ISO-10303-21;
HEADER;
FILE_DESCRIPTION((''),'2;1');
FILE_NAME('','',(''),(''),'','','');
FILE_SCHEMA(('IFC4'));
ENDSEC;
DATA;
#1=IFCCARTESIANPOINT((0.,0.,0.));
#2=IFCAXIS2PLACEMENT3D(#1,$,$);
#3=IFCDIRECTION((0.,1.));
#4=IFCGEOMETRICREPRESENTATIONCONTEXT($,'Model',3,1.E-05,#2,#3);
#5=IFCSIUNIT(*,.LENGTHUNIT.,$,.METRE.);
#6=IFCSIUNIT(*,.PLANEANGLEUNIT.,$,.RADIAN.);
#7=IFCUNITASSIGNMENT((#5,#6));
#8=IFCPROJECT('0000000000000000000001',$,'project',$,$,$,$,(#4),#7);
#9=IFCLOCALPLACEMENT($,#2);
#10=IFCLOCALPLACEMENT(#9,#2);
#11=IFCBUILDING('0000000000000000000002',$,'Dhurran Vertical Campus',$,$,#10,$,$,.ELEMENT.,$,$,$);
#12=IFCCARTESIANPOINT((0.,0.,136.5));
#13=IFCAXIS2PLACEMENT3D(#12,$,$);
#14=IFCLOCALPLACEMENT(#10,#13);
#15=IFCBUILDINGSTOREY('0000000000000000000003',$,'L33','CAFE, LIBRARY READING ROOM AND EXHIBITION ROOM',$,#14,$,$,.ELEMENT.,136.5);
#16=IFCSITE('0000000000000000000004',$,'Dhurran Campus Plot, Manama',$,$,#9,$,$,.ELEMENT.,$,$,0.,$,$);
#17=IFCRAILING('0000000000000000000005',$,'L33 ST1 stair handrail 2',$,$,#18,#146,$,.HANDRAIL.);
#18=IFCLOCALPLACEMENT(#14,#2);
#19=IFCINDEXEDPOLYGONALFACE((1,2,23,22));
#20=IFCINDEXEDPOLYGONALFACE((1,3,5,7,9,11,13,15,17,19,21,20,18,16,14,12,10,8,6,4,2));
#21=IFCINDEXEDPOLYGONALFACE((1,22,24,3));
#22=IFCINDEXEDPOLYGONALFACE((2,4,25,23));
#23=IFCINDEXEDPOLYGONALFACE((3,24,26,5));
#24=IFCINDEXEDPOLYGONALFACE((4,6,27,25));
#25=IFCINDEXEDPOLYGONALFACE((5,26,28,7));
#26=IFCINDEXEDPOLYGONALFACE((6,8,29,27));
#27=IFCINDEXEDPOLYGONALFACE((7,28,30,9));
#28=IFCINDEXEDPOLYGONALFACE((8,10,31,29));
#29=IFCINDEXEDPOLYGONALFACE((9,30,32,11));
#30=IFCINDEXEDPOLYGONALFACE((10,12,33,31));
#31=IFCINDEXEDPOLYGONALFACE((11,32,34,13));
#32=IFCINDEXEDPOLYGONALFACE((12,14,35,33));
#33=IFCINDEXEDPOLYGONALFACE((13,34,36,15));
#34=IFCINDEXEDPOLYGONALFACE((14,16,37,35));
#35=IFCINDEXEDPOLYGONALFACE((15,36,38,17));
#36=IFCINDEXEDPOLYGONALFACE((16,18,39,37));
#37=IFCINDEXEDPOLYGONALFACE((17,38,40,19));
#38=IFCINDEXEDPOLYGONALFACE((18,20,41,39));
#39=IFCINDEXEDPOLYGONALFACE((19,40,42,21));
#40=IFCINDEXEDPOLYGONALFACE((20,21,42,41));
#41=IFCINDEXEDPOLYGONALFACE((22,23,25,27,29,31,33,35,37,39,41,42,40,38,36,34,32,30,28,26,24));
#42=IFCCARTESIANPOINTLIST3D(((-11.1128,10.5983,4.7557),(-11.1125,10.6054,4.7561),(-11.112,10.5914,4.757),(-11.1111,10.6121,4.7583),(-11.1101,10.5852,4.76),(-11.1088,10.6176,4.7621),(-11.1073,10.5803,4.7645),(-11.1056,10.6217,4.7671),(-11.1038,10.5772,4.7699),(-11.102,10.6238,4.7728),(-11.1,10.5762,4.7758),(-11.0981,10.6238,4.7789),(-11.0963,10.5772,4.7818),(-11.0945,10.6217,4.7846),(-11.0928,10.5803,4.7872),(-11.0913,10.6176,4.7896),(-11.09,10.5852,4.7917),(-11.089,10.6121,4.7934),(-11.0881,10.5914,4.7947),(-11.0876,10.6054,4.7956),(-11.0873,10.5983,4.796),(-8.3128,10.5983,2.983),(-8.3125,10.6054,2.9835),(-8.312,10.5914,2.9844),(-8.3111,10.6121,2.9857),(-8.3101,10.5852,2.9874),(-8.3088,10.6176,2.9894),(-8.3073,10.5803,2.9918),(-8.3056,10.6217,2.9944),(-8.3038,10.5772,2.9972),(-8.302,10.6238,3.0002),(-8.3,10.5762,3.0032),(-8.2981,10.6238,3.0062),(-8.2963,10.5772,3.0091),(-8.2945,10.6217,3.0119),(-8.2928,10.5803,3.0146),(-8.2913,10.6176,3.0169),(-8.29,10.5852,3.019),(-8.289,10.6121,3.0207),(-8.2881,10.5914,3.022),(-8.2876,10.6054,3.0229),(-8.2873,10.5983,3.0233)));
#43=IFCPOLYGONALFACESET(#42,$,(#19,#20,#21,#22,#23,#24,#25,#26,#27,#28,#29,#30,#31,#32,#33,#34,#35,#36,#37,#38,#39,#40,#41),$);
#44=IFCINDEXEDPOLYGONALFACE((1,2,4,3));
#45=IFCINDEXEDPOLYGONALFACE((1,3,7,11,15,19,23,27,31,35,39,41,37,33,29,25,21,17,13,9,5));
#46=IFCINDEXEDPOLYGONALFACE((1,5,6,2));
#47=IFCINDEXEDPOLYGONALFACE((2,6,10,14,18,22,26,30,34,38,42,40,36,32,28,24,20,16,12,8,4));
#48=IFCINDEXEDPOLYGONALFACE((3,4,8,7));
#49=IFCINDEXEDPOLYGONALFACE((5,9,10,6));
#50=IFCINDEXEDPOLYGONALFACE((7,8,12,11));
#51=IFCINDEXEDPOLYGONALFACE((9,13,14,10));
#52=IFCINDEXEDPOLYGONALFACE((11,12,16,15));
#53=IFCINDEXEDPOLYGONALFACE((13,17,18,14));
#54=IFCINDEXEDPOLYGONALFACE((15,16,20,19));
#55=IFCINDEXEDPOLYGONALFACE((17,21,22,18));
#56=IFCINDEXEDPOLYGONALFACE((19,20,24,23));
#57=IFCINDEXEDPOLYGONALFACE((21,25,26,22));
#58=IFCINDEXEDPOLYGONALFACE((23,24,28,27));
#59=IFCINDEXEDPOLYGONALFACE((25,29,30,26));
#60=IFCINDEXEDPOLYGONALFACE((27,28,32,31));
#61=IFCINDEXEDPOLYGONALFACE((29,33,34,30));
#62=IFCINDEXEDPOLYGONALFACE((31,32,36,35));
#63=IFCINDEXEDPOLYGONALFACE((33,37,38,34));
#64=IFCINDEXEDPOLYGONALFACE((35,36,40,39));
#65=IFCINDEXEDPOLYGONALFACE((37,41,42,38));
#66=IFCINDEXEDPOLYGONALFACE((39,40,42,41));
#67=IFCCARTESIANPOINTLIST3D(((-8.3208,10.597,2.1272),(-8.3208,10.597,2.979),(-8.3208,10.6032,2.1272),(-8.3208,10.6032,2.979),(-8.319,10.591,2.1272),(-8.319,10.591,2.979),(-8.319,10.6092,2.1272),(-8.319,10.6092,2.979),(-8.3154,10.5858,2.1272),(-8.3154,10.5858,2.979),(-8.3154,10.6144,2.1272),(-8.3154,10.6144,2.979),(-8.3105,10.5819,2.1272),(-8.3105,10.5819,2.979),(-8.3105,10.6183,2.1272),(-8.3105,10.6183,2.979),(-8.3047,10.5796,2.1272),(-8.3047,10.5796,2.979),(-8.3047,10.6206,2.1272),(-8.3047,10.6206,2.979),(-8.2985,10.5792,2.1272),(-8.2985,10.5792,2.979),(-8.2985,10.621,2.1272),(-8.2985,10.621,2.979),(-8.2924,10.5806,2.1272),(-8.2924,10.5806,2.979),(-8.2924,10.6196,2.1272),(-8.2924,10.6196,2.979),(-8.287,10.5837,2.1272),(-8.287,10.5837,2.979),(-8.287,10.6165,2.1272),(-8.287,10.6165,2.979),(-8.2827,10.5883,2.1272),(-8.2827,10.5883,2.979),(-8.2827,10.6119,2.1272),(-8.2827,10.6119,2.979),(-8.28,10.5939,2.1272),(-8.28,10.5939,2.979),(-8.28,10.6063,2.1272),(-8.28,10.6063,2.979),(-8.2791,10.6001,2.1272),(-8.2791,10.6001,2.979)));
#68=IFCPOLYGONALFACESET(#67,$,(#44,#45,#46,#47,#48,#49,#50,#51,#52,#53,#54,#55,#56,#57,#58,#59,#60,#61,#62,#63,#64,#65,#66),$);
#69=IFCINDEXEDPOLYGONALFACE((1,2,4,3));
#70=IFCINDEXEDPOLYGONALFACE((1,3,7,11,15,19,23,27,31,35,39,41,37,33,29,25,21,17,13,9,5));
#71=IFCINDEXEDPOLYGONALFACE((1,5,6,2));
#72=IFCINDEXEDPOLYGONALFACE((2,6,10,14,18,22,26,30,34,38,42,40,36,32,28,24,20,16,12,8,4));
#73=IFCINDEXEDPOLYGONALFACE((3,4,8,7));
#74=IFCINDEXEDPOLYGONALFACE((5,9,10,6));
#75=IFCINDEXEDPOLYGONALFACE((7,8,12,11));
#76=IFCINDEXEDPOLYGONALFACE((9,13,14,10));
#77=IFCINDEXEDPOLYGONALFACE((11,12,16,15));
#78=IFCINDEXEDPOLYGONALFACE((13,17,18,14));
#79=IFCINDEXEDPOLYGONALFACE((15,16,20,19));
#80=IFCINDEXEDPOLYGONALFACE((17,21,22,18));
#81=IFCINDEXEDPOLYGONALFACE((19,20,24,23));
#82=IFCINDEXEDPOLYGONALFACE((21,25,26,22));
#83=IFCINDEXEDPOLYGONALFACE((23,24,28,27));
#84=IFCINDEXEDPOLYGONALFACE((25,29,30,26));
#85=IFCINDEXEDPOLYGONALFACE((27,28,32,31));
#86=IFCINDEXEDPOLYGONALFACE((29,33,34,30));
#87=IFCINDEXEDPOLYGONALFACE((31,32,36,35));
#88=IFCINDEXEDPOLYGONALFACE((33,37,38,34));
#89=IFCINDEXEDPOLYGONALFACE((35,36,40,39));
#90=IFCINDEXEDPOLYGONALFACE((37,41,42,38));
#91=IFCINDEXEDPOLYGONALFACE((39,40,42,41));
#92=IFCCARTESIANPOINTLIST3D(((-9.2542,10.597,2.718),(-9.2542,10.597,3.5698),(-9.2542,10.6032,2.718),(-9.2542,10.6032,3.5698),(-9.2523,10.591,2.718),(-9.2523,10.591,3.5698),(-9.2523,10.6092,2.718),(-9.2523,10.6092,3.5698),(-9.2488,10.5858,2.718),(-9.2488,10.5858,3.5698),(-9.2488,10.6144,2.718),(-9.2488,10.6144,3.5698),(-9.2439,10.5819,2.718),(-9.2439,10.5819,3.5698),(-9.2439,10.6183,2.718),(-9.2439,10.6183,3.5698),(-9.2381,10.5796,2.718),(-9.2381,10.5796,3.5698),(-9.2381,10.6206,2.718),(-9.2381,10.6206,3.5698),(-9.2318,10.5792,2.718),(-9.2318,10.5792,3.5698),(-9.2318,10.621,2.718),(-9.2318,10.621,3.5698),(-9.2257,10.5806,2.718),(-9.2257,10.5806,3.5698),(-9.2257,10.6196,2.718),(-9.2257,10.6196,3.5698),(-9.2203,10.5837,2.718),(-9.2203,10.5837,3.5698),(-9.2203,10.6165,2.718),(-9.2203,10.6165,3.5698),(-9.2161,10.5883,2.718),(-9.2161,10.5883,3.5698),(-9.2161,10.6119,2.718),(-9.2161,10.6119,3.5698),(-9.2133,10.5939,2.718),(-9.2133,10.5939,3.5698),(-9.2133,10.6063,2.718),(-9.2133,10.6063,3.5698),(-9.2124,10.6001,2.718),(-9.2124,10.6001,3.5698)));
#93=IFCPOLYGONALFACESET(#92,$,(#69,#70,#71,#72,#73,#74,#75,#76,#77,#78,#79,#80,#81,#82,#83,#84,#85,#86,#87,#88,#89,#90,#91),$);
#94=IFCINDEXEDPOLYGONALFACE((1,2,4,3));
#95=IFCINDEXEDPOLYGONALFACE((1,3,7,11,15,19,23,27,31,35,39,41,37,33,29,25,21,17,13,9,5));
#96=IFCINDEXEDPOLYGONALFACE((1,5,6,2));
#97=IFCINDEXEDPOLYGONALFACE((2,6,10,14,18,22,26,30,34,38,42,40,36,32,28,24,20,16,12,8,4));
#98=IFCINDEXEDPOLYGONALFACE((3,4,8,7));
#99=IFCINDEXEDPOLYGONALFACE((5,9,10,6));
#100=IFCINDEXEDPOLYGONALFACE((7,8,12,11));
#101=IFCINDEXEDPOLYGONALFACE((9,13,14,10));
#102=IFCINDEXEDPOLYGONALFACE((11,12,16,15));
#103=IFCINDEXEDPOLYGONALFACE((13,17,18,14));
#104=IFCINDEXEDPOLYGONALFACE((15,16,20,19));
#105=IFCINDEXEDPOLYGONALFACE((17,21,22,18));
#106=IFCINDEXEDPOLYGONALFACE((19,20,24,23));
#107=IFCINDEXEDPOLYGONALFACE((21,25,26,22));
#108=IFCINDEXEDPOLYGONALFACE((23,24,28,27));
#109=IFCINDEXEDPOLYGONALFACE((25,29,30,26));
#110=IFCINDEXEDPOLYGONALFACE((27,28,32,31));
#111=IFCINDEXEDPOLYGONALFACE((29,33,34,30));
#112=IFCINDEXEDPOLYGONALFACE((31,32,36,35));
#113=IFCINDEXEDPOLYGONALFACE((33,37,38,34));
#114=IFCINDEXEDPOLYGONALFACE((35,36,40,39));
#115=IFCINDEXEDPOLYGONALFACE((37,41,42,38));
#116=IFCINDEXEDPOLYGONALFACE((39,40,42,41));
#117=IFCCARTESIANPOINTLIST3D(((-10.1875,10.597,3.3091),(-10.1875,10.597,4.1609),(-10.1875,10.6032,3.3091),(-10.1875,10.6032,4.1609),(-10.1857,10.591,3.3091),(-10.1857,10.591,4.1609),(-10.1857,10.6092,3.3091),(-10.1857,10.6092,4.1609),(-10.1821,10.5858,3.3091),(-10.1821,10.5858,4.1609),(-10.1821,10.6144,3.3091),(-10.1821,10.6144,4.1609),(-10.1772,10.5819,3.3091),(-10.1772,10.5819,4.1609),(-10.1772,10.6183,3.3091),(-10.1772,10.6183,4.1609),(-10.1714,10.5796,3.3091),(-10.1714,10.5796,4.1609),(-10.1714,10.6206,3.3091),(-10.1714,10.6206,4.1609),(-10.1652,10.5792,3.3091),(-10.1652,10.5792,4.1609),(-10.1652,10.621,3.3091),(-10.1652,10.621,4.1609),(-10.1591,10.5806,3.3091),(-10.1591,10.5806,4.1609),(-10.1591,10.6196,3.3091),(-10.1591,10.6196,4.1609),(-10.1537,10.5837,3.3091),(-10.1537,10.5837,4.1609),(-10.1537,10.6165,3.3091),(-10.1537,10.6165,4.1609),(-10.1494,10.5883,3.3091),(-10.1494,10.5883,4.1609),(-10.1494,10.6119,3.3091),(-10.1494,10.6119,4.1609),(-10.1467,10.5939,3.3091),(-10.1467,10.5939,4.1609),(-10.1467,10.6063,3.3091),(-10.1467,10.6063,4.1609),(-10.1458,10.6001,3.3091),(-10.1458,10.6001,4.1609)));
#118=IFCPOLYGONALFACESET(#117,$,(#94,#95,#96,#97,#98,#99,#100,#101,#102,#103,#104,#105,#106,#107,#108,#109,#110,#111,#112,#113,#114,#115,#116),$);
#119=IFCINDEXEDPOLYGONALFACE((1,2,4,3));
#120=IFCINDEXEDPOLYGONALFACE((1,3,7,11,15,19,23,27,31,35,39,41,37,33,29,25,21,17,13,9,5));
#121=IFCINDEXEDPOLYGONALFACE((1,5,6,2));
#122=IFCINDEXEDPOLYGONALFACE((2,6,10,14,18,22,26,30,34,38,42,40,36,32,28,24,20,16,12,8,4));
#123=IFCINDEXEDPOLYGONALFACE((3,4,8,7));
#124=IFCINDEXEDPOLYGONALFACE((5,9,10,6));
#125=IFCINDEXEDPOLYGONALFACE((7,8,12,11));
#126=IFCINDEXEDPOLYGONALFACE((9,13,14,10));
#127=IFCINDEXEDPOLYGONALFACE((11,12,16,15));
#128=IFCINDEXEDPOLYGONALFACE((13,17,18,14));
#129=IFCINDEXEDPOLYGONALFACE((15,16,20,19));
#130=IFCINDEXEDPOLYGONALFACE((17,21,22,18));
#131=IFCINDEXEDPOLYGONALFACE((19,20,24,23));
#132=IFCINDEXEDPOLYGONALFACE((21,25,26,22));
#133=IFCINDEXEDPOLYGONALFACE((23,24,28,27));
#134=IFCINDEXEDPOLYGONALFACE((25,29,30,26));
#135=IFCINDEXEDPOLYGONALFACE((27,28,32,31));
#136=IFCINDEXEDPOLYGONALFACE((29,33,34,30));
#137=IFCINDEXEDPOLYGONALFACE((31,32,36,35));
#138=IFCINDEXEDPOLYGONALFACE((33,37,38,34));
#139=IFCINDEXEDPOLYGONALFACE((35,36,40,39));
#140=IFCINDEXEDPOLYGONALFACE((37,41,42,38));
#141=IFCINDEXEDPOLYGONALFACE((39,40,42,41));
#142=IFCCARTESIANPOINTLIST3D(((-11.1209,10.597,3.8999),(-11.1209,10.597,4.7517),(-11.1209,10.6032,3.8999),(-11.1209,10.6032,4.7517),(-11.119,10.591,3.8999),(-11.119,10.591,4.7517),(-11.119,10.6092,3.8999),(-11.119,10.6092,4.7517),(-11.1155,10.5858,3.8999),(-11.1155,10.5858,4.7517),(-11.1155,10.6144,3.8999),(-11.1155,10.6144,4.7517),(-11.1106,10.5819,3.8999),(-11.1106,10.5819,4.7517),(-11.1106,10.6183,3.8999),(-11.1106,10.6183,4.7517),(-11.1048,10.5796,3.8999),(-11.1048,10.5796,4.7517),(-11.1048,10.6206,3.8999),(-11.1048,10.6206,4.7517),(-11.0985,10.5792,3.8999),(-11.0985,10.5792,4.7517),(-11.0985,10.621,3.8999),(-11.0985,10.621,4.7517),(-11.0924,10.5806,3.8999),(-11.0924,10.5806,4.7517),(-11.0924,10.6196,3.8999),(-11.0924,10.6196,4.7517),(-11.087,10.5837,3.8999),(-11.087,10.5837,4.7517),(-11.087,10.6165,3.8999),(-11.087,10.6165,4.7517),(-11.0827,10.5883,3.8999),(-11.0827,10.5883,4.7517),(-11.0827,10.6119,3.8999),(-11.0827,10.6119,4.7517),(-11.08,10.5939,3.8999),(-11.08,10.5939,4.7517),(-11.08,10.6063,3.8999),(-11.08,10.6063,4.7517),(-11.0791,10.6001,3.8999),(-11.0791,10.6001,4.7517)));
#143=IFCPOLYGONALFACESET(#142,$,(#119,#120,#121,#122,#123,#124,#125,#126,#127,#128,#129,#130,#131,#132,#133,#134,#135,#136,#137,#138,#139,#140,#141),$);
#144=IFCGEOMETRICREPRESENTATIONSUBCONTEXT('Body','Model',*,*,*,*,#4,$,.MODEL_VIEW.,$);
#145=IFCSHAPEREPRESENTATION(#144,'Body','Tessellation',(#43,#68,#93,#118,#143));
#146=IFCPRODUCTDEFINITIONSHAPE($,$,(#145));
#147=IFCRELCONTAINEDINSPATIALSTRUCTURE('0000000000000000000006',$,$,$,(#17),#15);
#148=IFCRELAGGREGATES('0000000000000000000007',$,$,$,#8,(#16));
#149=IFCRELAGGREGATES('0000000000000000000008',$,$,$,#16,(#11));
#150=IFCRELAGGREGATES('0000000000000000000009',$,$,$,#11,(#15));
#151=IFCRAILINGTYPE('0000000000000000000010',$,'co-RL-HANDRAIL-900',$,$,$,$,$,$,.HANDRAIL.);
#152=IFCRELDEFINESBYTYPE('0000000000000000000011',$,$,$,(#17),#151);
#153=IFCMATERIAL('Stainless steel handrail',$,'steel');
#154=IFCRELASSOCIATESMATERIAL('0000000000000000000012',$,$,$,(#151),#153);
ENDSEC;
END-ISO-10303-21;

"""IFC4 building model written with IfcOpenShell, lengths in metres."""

from ifc_helpers import new_model, si_unit, direction, frame, origin, origin_2d, place, context, subcontext, project, spatial, circle, extrude, material, type_object, element, save


model = new_model("IFC4")

# Units and contexts
model_context = context("Model", 3, precision=1e-05, world=origin(), true_north=direction((0.0, 1.0)))
body_context = subcontext(model_context, "Body", "Model", "MODEL_VIEW")
ifc_project = project(units=[si_unit("LENGTHUNIT", "METRE"), si_unit("PLANEANGLEUNIT", "RADIAN")], contexts=[model_context])

# Site, building, storey
site_placement = place(None, origin())
site = spatial("IfcSite", under=ifc_project, at=site_placement, Name="Dhurran Campus Plot, Manama", CompositionType="ELEMENT", RefElevation=0.0)
building_placement = place(site_placement, origin())
building = spatial("IfcBuilding", under=site, at=building_placement, Name="Dhurran Vertical Campus", CompositionType="ELEMENT")
storey_placement = place(building_placement, frame((0.0, 0.0, 136.5)))
storey = spatial("IfcBuildingStorey", under=building, at=storey_placement, Name="L33", Description="CAFE, LIBRARY READING ROOM AND EXHIBITION ROOM", CompositionType="ELEMENT", Elevation=136.5)

# Railing
ifc_material_1 = material(Name="Stainless steel handrail", Category="steel")
railing_type_1 = type_object("IfcRailingType", Name="co-RL-HANDRAIL-900", PredefinedType="HANDRAIL", material=ifc_material_1)
railing_1_placement = place(storey_placement, frame((-8.3, 10.6001, 2.1272)))
element("IfcRailing", 1, at=railing_1_placement, inside=storey, type_object=railing_type_1, Name="L33 ST1 stair handrail 2", PredefinedType="HANDRAIL", context=body_context, shape_type="SweptSolid", body=[
    extrude(circle(Radius=0.0239, at=origin_2d()), frame((0.0, 0.0, 0.876), z_axis=(-0.844909, 0.0, 0.53491), x_axis=(0.0, -1.0, 0.0)), (0.0, 0.0, 1.0), 3.314),
    extrude(circle(Radius=0.021, at=origin_2d()), origin(), (0.0, 0.0, 1.0), 0.8518),
    extrude(circle(Radius=0.021, at=origin_2d()), frame((-0.9333, 0.0, 0.5908)), (0.0, 0.0, 1.0), 0.8518),
    extrude(circle(Radius=0.021, at=origin_2d()), frame((-1.8667, 0.0, 1.1819)), (0.0, 0.0, 1.0), 0.8518),
    extrude(circle(Radius=0.021, at=origin_2d()), frame((-2.8, 0.0, 1.7727)), (0.0, 0.0, 1.0), 0.8518),
])

save(model, "model.ifc")
